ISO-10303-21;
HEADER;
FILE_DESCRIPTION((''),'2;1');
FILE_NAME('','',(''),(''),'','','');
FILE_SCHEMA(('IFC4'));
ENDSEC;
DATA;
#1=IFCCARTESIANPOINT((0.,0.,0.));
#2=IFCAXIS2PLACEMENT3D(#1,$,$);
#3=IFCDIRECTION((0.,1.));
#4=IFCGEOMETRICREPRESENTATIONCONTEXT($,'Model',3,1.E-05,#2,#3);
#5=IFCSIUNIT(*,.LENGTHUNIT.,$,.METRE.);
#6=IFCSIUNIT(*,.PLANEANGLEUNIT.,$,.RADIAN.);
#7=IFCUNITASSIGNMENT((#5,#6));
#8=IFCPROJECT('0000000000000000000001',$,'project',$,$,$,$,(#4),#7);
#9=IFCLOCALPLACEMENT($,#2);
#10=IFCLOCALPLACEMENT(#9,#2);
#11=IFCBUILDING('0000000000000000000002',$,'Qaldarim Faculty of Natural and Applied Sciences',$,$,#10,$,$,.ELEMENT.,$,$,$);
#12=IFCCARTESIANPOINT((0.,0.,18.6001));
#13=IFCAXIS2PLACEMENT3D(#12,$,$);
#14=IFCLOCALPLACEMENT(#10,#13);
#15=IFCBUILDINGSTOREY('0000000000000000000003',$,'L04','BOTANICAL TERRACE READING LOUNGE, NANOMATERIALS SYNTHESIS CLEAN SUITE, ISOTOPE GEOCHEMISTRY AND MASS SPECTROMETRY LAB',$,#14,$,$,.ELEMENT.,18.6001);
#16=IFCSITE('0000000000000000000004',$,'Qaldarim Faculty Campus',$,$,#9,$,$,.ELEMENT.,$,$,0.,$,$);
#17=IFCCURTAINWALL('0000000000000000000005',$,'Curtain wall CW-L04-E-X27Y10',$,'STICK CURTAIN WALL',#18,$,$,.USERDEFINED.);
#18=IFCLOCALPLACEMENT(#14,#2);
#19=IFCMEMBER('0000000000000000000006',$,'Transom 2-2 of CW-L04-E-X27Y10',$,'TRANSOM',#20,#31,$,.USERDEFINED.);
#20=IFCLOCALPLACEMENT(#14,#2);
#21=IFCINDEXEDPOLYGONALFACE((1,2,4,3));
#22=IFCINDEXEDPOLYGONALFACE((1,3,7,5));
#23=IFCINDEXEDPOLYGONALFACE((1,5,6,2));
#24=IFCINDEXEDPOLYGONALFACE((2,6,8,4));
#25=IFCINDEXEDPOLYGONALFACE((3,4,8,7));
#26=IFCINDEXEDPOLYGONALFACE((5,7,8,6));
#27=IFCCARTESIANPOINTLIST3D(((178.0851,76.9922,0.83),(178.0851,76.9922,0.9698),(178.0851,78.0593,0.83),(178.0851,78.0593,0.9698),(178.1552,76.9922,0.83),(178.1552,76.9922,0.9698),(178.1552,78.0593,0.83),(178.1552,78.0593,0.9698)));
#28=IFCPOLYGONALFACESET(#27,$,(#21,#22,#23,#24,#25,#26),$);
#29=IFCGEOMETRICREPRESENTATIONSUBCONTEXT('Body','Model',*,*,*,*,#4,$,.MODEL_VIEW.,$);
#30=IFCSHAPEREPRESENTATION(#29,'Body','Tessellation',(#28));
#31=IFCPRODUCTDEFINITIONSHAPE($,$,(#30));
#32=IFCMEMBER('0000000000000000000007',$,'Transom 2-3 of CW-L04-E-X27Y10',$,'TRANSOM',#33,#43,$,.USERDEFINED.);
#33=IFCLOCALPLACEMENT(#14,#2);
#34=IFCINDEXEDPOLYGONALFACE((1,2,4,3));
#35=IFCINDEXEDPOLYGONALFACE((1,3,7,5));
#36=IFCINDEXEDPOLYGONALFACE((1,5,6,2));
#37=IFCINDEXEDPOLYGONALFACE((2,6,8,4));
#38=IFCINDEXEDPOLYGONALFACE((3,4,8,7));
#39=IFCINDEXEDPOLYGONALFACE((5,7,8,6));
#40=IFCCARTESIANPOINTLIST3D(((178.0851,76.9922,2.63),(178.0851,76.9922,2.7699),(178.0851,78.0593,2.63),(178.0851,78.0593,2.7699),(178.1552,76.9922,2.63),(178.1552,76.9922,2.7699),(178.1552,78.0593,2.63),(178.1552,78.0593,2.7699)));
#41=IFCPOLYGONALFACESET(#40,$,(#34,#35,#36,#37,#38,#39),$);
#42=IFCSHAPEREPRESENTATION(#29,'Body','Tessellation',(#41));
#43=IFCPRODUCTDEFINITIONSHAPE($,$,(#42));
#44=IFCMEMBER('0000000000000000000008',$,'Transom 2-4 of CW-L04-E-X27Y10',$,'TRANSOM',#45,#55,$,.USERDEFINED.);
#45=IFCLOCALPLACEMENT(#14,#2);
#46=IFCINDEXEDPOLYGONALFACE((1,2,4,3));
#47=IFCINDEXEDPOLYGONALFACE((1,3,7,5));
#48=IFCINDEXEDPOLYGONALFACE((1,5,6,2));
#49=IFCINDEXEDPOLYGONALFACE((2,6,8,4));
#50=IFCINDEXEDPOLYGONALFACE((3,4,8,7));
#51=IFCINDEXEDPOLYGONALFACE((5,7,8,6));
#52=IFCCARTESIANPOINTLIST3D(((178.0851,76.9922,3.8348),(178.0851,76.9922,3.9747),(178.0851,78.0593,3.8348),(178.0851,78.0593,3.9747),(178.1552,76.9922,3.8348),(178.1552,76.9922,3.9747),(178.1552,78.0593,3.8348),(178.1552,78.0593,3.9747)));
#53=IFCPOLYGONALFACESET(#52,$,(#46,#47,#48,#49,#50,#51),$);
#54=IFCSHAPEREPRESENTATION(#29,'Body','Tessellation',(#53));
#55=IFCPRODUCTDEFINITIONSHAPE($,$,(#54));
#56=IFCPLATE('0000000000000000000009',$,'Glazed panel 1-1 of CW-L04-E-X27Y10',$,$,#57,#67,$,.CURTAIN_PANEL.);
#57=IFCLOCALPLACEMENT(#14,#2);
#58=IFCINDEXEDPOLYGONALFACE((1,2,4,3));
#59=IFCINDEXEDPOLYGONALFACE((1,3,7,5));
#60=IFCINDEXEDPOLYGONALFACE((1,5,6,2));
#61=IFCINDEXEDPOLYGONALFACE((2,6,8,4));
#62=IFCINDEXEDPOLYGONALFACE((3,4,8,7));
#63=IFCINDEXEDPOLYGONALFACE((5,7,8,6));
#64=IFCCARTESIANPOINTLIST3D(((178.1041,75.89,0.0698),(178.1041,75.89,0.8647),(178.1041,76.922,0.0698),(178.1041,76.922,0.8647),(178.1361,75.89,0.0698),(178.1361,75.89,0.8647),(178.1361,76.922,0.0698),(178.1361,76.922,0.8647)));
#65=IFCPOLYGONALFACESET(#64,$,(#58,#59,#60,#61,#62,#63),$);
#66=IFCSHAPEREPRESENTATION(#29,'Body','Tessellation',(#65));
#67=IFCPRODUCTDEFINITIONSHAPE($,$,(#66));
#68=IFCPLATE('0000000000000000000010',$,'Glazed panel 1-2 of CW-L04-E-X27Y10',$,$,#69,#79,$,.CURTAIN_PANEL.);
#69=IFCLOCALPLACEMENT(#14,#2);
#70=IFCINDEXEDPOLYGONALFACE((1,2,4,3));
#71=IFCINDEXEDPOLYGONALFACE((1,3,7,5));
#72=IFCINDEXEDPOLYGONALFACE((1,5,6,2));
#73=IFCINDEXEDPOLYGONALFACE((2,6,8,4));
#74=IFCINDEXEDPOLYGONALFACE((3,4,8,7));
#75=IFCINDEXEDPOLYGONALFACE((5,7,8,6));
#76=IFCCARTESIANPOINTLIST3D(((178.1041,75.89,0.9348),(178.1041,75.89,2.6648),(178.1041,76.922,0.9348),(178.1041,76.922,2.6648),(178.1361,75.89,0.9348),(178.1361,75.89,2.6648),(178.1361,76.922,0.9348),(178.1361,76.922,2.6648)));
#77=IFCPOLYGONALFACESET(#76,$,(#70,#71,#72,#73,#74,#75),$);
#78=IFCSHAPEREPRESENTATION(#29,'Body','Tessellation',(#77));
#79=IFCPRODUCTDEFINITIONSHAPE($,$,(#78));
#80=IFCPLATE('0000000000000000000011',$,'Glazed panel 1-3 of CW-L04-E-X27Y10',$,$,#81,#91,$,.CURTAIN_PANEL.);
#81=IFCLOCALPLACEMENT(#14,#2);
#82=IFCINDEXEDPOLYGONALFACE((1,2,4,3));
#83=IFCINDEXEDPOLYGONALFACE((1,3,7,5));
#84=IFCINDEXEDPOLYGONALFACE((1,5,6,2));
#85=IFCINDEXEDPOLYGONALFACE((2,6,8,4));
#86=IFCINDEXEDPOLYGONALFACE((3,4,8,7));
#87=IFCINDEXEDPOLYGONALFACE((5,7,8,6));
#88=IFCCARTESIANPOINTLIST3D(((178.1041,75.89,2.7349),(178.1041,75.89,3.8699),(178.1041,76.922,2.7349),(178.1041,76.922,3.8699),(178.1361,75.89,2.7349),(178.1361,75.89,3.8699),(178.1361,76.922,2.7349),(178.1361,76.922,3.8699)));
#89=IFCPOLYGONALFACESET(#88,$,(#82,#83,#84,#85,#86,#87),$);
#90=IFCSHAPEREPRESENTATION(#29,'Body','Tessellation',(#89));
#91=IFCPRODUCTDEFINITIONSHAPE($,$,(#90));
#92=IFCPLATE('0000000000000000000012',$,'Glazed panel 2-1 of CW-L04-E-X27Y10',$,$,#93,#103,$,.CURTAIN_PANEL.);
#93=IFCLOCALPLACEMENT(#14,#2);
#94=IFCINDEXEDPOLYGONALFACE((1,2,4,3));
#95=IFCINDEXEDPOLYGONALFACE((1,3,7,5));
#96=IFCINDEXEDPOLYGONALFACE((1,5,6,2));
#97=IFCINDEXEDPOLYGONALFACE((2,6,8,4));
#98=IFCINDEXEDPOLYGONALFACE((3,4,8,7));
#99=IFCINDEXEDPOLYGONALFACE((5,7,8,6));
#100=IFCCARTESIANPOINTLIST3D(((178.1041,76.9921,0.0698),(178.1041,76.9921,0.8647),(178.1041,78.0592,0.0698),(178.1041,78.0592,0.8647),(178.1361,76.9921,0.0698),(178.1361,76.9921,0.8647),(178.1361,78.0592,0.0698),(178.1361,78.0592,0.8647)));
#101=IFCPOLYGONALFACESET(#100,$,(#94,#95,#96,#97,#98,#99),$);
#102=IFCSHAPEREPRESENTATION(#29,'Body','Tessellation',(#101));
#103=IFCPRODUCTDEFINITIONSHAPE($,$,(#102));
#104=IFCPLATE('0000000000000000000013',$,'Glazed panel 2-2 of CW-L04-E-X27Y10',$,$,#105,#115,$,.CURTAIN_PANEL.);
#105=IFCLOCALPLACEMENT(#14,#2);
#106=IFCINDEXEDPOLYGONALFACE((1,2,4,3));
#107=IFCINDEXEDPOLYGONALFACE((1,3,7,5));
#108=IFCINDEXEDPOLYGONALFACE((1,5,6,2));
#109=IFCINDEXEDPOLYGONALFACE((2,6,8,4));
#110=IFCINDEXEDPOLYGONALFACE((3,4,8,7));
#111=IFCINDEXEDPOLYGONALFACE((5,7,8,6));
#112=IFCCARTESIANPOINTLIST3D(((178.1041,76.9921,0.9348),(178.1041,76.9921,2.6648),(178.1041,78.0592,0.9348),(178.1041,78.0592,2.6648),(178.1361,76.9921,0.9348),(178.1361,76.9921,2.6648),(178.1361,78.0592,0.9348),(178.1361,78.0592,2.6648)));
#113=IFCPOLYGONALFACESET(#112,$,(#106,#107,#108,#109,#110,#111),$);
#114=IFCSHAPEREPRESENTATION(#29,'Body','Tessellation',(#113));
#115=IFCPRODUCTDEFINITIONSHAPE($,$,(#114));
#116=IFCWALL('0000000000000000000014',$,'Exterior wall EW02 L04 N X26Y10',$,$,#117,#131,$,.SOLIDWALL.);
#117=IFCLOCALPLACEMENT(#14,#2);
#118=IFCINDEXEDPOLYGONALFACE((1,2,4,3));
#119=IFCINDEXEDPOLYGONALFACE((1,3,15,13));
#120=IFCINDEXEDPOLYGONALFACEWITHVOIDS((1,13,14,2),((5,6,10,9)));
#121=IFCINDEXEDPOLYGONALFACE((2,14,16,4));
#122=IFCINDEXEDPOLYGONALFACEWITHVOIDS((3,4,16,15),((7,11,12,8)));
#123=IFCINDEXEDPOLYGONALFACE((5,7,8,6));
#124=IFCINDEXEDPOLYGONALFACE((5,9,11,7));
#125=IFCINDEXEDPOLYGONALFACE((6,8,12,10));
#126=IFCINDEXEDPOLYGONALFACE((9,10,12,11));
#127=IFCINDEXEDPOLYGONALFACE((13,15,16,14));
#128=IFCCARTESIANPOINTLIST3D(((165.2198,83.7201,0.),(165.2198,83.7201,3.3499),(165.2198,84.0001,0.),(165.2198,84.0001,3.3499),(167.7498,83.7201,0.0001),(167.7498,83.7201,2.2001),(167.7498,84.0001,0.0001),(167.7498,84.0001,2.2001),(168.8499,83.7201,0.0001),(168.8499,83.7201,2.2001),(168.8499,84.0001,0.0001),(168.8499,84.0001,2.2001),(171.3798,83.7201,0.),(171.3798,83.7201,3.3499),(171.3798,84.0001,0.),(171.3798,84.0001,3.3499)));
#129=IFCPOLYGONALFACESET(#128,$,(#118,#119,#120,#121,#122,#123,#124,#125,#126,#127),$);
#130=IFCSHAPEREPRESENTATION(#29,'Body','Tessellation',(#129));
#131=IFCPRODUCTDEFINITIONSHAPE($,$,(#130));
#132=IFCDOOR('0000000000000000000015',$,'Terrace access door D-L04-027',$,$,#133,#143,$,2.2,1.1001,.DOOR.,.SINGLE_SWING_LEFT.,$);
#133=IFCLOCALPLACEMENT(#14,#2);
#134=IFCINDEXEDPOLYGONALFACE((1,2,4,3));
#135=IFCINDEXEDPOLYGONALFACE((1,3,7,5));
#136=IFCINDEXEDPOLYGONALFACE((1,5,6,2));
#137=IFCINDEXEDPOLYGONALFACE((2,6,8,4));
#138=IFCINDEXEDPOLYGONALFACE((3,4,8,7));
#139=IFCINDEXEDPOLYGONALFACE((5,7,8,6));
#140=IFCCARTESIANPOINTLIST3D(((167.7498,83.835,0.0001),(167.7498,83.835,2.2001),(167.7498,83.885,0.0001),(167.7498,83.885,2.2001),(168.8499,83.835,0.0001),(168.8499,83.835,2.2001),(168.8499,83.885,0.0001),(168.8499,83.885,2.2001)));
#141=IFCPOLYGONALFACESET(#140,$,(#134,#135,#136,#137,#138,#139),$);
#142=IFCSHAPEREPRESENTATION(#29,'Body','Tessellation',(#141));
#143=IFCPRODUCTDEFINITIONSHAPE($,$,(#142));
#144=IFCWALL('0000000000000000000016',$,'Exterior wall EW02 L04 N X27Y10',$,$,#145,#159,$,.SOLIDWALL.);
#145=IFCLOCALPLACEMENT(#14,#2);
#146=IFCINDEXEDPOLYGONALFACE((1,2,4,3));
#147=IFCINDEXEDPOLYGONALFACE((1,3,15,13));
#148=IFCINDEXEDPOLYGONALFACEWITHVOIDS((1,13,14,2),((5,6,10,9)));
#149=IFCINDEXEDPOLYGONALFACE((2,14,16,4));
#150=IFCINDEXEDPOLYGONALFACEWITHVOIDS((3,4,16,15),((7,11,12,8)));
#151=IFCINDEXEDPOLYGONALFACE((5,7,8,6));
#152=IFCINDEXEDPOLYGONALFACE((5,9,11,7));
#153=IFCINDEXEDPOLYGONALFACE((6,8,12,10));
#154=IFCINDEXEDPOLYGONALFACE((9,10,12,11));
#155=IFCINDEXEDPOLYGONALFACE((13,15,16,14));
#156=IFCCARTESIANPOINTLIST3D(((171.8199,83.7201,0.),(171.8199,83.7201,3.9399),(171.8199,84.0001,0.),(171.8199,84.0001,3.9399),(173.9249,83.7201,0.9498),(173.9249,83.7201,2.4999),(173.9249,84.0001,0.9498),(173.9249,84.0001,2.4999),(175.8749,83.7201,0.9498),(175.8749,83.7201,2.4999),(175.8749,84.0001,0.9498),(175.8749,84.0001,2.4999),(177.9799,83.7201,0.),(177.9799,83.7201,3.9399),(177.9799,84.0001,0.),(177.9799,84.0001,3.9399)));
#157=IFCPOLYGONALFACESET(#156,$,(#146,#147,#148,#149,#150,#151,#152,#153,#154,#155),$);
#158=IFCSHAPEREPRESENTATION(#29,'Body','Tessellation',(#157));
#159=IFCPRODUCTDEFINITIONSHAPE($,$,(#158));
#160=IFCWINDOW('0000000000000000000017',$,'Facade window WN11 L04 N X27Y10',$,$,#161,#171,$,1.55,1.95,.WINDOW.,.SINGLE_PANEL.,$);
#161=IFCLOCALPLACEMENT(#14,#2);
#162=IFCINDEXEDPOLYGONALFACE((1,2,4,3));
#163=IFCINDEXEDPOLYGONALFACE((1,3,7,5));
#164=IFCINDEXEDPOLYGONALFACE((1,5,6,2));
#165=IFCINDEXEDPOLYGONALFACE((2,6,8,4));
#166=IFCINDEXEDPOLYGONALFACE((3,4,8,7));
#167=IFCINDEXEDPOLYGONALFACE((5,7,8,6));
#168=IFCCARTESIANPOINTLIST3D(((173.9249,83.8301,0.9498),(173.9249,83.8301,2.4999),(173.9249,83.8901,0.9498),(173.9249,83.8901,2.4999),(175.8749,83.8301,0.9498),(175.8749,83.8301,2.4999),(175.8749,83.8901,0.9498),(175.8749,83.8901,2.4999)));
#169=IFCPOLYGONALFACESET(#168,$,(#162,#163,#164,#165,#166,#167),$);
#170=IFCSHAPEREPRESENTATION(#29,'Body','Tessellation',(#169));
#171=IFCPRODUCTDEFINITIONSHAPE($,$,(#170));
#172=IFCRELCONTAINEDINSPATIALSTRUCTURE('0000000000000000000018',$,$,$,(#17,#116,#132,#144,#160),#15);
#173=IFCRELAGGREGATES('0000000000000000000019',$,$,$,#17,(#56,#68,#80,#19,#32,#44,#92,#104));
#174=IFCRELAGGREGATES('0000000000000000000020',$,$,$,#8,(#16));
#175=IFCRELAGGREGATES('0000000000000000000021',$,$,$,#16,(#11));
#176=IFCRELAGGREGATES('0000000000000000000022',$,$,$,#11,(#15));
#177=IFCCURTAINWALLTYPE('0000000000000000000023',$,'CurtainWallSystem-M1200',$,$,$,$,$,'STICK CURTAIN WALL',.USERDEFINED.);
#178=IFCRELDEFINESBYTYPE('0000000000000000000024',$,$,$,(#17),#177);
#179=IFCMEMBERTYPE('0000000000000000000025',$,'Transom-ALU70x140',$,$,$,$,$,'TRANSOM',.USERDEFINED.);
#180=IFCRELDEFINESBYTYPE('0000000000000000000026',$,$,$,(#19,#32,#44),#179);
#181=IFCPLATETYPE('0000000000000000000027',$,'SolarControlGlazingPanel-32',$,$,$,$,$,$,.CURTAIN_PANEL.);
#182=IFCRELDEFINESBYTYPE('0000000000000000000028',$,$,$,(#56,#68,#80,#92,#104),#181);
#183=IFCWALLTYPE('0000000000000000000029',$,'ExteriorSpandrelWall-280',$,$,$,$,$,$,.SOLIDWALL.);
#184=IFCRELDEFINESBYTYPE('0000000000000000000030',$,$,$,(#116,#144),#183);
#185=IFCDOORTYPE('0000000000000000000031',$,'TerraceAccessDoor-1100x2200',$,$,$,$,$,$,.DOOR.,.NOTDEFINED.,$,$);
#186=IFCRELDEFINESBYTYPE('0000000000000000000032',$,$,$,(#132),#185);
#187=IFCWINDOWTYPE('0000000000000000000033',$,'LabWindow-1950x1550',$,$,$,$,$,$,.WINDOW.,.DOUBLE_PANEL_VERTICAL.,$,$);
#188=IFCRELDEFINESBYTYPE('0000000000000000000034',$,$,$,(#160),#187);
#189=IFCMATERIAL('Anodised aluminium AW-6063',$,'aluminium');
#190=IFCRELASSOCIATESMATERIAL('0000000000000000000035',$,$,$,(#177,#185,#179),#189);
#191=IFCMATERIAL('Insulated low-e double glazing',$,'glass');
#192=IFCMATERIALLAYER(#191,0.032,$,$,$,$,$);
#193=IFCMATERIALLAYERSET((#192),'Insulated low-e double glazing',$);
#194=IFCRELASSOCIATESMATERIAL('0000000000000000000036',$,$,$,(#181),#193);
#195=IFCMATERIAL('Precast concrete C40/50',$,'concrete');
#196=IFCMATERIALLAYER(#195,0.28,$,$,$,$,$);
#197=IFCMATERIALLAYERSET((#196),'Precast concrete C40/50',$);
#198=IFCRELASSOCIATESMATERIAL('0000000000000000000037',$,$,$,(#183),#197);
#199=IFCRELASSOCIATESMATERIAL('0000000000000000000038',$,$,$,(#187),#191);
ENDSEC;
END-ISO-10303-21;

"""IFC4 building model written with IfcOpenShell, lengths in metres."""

from ifc_helpers import new_model, si_unit, direction, frame, frame_2d, origin, origin_2d, place, context, subcontext, project, spatial, rectangle, extrude, material, layer, layer_set, material_profile, profile_set, type_object, element, fill, aggregate, save


model = new_model("IFC4")

# Units and contexts
model_context = context("Model", 3, precision=1e-05, world=origin(), true_north=direction((0.0, 1.0)))
body_context = subcontext(model_context, "Body", "Model", "MODEL_VIEW")
ifc_project = project(units=[si_unit("LENGTHUNIT", "METRE"), si_unit("PLANEANGLEUNIT", "RADIAN")], contexts=[model_context])

# Site, building, storey
site_placement = place(None, origin())
site = spatial("IfcSite", under=ifc_project, at=site_placement, Name="Qaldarim Faculty Campus", CompositionType="ELEMENT", RefElevation=0.0)
building_placement = place(site_placement, origin())
building = spatial("IfcBuilding", under=site, at=building_placement, Name="Qaldarim Faculty of Natural and Applied Sciences", CompositionType="ELEMENT")
storey_placement = place(building_placement, frame((0.0, 0.0, 18.6001)))
storey = spatial("IfcBuildingStorey", under=building, at=storey_placement, Name="L04", Description="BOTANICAL TERRACE READING LOUNGE, NANOMATERIALS SYNTHESIS CLEAN SUITE, ISOTOPE GEOCHEMISTRY AND MASS SPECTROMETRY LAB", CompositionType="ELEMENT", Elevation=18.6001)

# Curtain wall
ifc_material_1 = material(Name="Anodised aluminium AW-6063", Category="aluminium")
curtain_wall_type = type_object("IfcCurtainWallType", Name="CurtainWallSystem-M1200", ElementType="STICK CURTAIN WALL", PredefinedType="USERDEFINED", material=ifc_material_1)
curtain_wall_placement = place(storey_placement, origin())
curtain_wall = element("IfcCurtainWall", 1, at=curtain_wall_placement, inside=storey, type_object=curtain_wall_type, Name="Curtain wall CW-L04-E-X27Y10", ObjectType="STICK CURTAIN WALL", PredefinedType="USERDEFINED")

# Shared definitions
ifc_material_2 = material(Name="Precast concrete C40/50", Category="concrete")

# Members
ifc_material_profile_1 = material_profile(ifc_material_1, rectangle(XDim=0.0701, YDim=0.1399, at=origin_2d()), Name="ALU-T70x140")
ifc_profile_set_1 = profile_set([ifc_material_profile_1], Name="Anodised aluminium AW-6063")
member_type_1 = type_object("IfcMemberType", Name="Transom-ALU70x140", ElementType="TRANSOM", PredefinedType="USERDEFINED", material=ifc_profile_set_1)
member_1_placement = place(storey_placement, frame((178.1201, 76.9922, 0.8999), z_axis=(0.0, 1.0, 0.0), x_axis=(-1.0, 0.0, 0.0)))
member_1 = element("IfcMember", 2, at=member_1_placement, type_object=member_type_1, Name="Transom 2-2 of CW-L04-E-X27Y10", ObjectType="TRANSOM", PredefinedType="USERDEFINED", context=body_context, shape_type="SweptSolid", body=[
    extrude(rectangle(XDim=0.0701, YDim=0.1399, at=origin_2d()), origin(), (0.0, 0.0, 1.0), 1.0671),
])
member_2_placement = place(storey_placement, frame((178.1201, 76.9922, 2.7), z_axis=(0.0, 1.0, 0.0), x_axis=(-1.0, 0.0, 0.0)))
member_2 = element("IfcMember", 3, at=member_2_placement, type_object=member_type_1, Name="Transom 2-3 of CW-L04-E-X27Y10", ObjectType="TRANSOM", PredefinedType="USERDEFINED", context=body_context, shape_type="SweptSolid", body=[
    extrude(rectangle(XDim=0.0701, YDim=0.1399, at=origin_2d()), origin(), (0.0, 0.0, 1.0), 1.0671),
])
member_3_placement = place(storey_placement, frame((178.1201, 76.9922, 3.9048), z_axis=(0.0, 1.0, 0.0), x_axis=(-1.0, 0.0, 0.0)))
member_3 = element("IfcMember", 4, at=member_3_placement, type_object=member_type_1, Name="Transom 2-4 of CW-L04-E-X27Y10", ObjectType="TRANSOM", PredefinedType="USERDEFINED", context=body_context, shape_type="SweptSolid", body=[
    extrude(rectangle(XDim=0.0701, YDim=0.1399, at=origin_2d()), origin(), (0.0, 0.0, 1.0), 1.0671),
])

# Plates
ifc_material_3 = material(Name="Insulated low-e double glazing", Category="glass")
ifc_layer_1 = layer(ifc_material_3, 0.032)
ifc_layer_set_1 = layer_set([ifc_layer_1], Name="Insulated low-e double glazing")
plate_type = type_object("IfcPlateType", Name="SolarControlGlazingPanel-32", PredefinedType="CURTAIN_PANEL", material=ifc_layer_set_1)
plate_1_placement = place(storey_placement, frame((178.1201, 76.406, 0.0698), z_axis=(0.0, 0.0, 1.0), x_axis=(0.0, 1.0, 0.0)))
plate_1 = element("IfcPlate", 5, at=plate_1_placement, type_object=plate_type, Name="Glazed panel 1-1 of CW-L04-E-X27Y10", PredefinedType="CURTAIN_PANEL", context=body_context, shape_type="SweptSolid", body=[
    extrude(rectangle(XDim=1.032, YDim=0.032, at=origin_2d()), origin(), (0.0, 0.0, 1.0), 0.7949),
])
plate_2_placement = place(storey_placement, frame((178.1201, 76.406, 0.9348), z_axis=(0.0, 0.0, 1.0), x_axis=(0.0, 1.0, 0.0)))
plate_2 = element("IfcPlate", 6, at=plate_2_placement, type_object=plate_type, Name="Glazed panel 1-2 of CW-L04-E-X27Y10", PredefinedType="CURTAIN_PANEL", context=body_context, shape_type="SweptSolid", body=[
    extrude(rectangle(XDim=1.032, YDim=0.032, at=origin_2d()), origin(), (0.0, 0.0, 1.0), 1.73),
])
plate_3_placement = place(storey_placement, frame((178.1201, 76.406, 2.7349), z_axis=(0.0, 0.0, 1.0), x_axis=(0.0, 1.0, 0.0)))
plate_3 = element("IfcPlate", 7, at=plate_3_placement, type_object=plate_type, Name="Glazed panel 1-3 of CW-L04-E-X27Y10", PredefinedType="CURTAIN_PANEL", context=body_context, shape_type="SweptSolid", body=[
    extrude(rectangle(XDim=1.032, YDim=0.032, at=origin_2d()), origin(), (0.0, 0.0, 1.0), 1.135),
])
plate_4_placement = place(storey_placement, frame((178.1201, 77.5256, 0.0698), z_axis=(0.0, 0.0, 1.0), x_axis=(0.0, 1.0, 0.0)))
plate_4 = element("IfcPlate", 8, at=plate_4_placement, type_object=plate_type, Name="Glazed panel 2-1 of CW-L04-E-X27Y10", PredefinedType="CURTAIN_PANEL", context=body_context, shape_type="SweptSolid", body=[
    extrude(rectangle(XDim=1.0671, YDim=0.032, at=origin_2d()), origin(), (0.0, 0.0, 1.0), 0.7949),
])
plate_5_placement = place(storey_placement, frame((178.1201, 77.5256, 0.9348), z_axis=(0.0, 0.0, 1.0), x_axis=(0.0, 1.0, 0.0)))
plate_5 = element("IfcPlate", 9, at=plate_5_placement, type_object=plate_type, Name="Glazed panel 2-2 of CW-L04-E-X27Y10", PredefinedType="CURTAIN_PANEL", context=body_context, shape_type="SweptSolid", body=[
    extrude(rectangle(XDim=1.0671, YDim=0.032, at=origin_2d()), origin(), (0.0, 0.0, 1.0), 1.73),
])
aggregate(curtain_wall, [plate_1, plate_2, plate_3, member_1, member_2, member_3, plate_4, plate_5])

# Wall, opening, door
ifc_layer_2 = layer(ifc_material_2, 0.28)
ifc_layer_set_2 = layer_set([ifc_layer_2], Name="Precast concrete C40/50")
wall_type = type_object("IfcWallType", Name="ExteriorSpandrelWall-280", PredefinedType="SOLIDWALL", material=ifc_layer_set_2)
wall_1_placement = place(storey_placement, frame((171.3799, 83.8601, 0.0), z_axis=(0.0, 0.0, 1.0), x_axis=(-1.0, 0.0, 0.0)))
wall_1 = element("IfcWall", 10, at=wall_1_placement, inside=storey, type_object=wall_type, Name="Exterior wall EW02 L04 N X26Y10", PredefinedType="SOLIDWALL", context=body_context, shape_type="SweptSolid", body=[
    extrude(rectangle(XDim=6.1599, YDim=0.28, at=frame_2d((3.0801, 0.0))), origin(), (0.0, 0.0, 1.0), 3.3499),
])
opening_1_placement = place(wall_1_placement, frame((2.53, 0.0, 0.0)))
opening_1 = element("IfcOpeningElement", 11, at=opening_1_placement, cuts=wall_1, PredefinedType="OPENING", context=body_context, shape_type="SweptSolid", body=[
    extrude(rectangle(XDim=1.1001, YDim=2.2, at=frame_2d((0.55, 1.1001))), frame((0.0, 0.1499, 0.0), z_axis=(0.0, -1.0, 0.0), x_axis=(1.0, 0.0, 0.0)), (0.0, 0.0, 1.0), 0.3),
])
door_type = type_object("IfcDoorType", Name="TerraceAccessDoor-1100x2200", OperationType="NOTDEFINED", PredefinedType="DOOR", material=ifc_material_1)
door_placement = place(opening_1_placement, frame((1.1001, 0.0, 0.0), z_axis=(0.0, 0.0, 1.0), x_axis=(-1.0, 0.0, 0.0)))
door = element("IfcDoor", 12, at=door_placement, inside=storey, type_object=door_type, Name="Terrace access door D-L04-027", OperationType="SINGLE_SWING_LEFT", OverallHeight=2.2, OverallWidth=1.1001, PredefinedType="DOOR", context=body_context, shape_type="SweptSolid", body=[
    extrude(rectangle(XDim=1.1001, YDim=2.2, at=frame_2d((0.55, 1.1001))), frame((0.0, 0.0249, 0.0), z_axis=(0.0, -1.0, 0.0), x_axis=(1.0, 0.0, 0.0)), (0.0, 0.0, 1.0), 0.05),
])
fill(opening_1, door)

# Wall, opening, window
wall_2_placement = place(storey_placement, frame((177.98, 83.8601, 0.0), z_axis=(0.0, 0.0, 1.0), x_axis=(-1.0, 0.0, 0.0)))
wall_2 = element("IfcWall", 13, at=wall_2_placement, inside=storey, type_object=wall_type, Name="Exterior wall EW02 L04 N X27Y10", PredefinedType="SOLIDWALL", context=body_context, shape_type="SweptSolid", body=[
    extrude(rectangle(XDim=6.1599, YDim=0.28, at=frame_2d((3.0801, 0.0))), origin(), (0.0, 0.0, 1.0), 3.9399),
])
opening_2_placement = place(wall_2_placement, frame((2.105, 0.0, 0.95)))
opening_2 = element("IfcOpeningElement", 14, at=opening_2_placement, cuts=wall_2, PredefinedType="OPENING", context=body_context, shape_type="SweptSolid", body=[
    extrude(rectangle(XDim=1.95, YDim=1.55, at=frame_2d((0.9751, 0.7749))), frame((0.0, 0.1499, 0.0), z_axis=(0.0, -1.0, 0.0), x_axis=(1.0, 0.0, 0.0)), (0.0, 0.0, 1.0), 0.3),
])
window_type = type_object("IfcWindowType", Name="LabWindow-1950x1550", PartitioningType="DOUBLE_PANEL_VERTICAL", PredefinedType="WINDOW", material=ifc_material_3)
window_placement = place(opening_2_placement, origin())
window = element("IfcWindow", 15, at=window_placement, inside=storey, type_object=window_type, Name="Facade window WN11 L04 N X27Y10", OverallHeight=1.55, OverallWidth=1.95, PartitioningType="SINGLE_PANEL", PredefinedType="WINDOW", context=body_context, shape_type="SweptSolid", body=[
    extrude(rectangle(XDim=1.95, YDim=1.55, at=frame_2d((0.9751, 0.7749))), frame((0.0, 0.03, 0.0), z_axis=(0.0, -1.0, 0.0), x_axis=(1.0, 0.0, 0.0)), (0.0, 0.0, 1.0), 0.0601),
])
fill(opening_2, window)

save(model, "model.ifc")
